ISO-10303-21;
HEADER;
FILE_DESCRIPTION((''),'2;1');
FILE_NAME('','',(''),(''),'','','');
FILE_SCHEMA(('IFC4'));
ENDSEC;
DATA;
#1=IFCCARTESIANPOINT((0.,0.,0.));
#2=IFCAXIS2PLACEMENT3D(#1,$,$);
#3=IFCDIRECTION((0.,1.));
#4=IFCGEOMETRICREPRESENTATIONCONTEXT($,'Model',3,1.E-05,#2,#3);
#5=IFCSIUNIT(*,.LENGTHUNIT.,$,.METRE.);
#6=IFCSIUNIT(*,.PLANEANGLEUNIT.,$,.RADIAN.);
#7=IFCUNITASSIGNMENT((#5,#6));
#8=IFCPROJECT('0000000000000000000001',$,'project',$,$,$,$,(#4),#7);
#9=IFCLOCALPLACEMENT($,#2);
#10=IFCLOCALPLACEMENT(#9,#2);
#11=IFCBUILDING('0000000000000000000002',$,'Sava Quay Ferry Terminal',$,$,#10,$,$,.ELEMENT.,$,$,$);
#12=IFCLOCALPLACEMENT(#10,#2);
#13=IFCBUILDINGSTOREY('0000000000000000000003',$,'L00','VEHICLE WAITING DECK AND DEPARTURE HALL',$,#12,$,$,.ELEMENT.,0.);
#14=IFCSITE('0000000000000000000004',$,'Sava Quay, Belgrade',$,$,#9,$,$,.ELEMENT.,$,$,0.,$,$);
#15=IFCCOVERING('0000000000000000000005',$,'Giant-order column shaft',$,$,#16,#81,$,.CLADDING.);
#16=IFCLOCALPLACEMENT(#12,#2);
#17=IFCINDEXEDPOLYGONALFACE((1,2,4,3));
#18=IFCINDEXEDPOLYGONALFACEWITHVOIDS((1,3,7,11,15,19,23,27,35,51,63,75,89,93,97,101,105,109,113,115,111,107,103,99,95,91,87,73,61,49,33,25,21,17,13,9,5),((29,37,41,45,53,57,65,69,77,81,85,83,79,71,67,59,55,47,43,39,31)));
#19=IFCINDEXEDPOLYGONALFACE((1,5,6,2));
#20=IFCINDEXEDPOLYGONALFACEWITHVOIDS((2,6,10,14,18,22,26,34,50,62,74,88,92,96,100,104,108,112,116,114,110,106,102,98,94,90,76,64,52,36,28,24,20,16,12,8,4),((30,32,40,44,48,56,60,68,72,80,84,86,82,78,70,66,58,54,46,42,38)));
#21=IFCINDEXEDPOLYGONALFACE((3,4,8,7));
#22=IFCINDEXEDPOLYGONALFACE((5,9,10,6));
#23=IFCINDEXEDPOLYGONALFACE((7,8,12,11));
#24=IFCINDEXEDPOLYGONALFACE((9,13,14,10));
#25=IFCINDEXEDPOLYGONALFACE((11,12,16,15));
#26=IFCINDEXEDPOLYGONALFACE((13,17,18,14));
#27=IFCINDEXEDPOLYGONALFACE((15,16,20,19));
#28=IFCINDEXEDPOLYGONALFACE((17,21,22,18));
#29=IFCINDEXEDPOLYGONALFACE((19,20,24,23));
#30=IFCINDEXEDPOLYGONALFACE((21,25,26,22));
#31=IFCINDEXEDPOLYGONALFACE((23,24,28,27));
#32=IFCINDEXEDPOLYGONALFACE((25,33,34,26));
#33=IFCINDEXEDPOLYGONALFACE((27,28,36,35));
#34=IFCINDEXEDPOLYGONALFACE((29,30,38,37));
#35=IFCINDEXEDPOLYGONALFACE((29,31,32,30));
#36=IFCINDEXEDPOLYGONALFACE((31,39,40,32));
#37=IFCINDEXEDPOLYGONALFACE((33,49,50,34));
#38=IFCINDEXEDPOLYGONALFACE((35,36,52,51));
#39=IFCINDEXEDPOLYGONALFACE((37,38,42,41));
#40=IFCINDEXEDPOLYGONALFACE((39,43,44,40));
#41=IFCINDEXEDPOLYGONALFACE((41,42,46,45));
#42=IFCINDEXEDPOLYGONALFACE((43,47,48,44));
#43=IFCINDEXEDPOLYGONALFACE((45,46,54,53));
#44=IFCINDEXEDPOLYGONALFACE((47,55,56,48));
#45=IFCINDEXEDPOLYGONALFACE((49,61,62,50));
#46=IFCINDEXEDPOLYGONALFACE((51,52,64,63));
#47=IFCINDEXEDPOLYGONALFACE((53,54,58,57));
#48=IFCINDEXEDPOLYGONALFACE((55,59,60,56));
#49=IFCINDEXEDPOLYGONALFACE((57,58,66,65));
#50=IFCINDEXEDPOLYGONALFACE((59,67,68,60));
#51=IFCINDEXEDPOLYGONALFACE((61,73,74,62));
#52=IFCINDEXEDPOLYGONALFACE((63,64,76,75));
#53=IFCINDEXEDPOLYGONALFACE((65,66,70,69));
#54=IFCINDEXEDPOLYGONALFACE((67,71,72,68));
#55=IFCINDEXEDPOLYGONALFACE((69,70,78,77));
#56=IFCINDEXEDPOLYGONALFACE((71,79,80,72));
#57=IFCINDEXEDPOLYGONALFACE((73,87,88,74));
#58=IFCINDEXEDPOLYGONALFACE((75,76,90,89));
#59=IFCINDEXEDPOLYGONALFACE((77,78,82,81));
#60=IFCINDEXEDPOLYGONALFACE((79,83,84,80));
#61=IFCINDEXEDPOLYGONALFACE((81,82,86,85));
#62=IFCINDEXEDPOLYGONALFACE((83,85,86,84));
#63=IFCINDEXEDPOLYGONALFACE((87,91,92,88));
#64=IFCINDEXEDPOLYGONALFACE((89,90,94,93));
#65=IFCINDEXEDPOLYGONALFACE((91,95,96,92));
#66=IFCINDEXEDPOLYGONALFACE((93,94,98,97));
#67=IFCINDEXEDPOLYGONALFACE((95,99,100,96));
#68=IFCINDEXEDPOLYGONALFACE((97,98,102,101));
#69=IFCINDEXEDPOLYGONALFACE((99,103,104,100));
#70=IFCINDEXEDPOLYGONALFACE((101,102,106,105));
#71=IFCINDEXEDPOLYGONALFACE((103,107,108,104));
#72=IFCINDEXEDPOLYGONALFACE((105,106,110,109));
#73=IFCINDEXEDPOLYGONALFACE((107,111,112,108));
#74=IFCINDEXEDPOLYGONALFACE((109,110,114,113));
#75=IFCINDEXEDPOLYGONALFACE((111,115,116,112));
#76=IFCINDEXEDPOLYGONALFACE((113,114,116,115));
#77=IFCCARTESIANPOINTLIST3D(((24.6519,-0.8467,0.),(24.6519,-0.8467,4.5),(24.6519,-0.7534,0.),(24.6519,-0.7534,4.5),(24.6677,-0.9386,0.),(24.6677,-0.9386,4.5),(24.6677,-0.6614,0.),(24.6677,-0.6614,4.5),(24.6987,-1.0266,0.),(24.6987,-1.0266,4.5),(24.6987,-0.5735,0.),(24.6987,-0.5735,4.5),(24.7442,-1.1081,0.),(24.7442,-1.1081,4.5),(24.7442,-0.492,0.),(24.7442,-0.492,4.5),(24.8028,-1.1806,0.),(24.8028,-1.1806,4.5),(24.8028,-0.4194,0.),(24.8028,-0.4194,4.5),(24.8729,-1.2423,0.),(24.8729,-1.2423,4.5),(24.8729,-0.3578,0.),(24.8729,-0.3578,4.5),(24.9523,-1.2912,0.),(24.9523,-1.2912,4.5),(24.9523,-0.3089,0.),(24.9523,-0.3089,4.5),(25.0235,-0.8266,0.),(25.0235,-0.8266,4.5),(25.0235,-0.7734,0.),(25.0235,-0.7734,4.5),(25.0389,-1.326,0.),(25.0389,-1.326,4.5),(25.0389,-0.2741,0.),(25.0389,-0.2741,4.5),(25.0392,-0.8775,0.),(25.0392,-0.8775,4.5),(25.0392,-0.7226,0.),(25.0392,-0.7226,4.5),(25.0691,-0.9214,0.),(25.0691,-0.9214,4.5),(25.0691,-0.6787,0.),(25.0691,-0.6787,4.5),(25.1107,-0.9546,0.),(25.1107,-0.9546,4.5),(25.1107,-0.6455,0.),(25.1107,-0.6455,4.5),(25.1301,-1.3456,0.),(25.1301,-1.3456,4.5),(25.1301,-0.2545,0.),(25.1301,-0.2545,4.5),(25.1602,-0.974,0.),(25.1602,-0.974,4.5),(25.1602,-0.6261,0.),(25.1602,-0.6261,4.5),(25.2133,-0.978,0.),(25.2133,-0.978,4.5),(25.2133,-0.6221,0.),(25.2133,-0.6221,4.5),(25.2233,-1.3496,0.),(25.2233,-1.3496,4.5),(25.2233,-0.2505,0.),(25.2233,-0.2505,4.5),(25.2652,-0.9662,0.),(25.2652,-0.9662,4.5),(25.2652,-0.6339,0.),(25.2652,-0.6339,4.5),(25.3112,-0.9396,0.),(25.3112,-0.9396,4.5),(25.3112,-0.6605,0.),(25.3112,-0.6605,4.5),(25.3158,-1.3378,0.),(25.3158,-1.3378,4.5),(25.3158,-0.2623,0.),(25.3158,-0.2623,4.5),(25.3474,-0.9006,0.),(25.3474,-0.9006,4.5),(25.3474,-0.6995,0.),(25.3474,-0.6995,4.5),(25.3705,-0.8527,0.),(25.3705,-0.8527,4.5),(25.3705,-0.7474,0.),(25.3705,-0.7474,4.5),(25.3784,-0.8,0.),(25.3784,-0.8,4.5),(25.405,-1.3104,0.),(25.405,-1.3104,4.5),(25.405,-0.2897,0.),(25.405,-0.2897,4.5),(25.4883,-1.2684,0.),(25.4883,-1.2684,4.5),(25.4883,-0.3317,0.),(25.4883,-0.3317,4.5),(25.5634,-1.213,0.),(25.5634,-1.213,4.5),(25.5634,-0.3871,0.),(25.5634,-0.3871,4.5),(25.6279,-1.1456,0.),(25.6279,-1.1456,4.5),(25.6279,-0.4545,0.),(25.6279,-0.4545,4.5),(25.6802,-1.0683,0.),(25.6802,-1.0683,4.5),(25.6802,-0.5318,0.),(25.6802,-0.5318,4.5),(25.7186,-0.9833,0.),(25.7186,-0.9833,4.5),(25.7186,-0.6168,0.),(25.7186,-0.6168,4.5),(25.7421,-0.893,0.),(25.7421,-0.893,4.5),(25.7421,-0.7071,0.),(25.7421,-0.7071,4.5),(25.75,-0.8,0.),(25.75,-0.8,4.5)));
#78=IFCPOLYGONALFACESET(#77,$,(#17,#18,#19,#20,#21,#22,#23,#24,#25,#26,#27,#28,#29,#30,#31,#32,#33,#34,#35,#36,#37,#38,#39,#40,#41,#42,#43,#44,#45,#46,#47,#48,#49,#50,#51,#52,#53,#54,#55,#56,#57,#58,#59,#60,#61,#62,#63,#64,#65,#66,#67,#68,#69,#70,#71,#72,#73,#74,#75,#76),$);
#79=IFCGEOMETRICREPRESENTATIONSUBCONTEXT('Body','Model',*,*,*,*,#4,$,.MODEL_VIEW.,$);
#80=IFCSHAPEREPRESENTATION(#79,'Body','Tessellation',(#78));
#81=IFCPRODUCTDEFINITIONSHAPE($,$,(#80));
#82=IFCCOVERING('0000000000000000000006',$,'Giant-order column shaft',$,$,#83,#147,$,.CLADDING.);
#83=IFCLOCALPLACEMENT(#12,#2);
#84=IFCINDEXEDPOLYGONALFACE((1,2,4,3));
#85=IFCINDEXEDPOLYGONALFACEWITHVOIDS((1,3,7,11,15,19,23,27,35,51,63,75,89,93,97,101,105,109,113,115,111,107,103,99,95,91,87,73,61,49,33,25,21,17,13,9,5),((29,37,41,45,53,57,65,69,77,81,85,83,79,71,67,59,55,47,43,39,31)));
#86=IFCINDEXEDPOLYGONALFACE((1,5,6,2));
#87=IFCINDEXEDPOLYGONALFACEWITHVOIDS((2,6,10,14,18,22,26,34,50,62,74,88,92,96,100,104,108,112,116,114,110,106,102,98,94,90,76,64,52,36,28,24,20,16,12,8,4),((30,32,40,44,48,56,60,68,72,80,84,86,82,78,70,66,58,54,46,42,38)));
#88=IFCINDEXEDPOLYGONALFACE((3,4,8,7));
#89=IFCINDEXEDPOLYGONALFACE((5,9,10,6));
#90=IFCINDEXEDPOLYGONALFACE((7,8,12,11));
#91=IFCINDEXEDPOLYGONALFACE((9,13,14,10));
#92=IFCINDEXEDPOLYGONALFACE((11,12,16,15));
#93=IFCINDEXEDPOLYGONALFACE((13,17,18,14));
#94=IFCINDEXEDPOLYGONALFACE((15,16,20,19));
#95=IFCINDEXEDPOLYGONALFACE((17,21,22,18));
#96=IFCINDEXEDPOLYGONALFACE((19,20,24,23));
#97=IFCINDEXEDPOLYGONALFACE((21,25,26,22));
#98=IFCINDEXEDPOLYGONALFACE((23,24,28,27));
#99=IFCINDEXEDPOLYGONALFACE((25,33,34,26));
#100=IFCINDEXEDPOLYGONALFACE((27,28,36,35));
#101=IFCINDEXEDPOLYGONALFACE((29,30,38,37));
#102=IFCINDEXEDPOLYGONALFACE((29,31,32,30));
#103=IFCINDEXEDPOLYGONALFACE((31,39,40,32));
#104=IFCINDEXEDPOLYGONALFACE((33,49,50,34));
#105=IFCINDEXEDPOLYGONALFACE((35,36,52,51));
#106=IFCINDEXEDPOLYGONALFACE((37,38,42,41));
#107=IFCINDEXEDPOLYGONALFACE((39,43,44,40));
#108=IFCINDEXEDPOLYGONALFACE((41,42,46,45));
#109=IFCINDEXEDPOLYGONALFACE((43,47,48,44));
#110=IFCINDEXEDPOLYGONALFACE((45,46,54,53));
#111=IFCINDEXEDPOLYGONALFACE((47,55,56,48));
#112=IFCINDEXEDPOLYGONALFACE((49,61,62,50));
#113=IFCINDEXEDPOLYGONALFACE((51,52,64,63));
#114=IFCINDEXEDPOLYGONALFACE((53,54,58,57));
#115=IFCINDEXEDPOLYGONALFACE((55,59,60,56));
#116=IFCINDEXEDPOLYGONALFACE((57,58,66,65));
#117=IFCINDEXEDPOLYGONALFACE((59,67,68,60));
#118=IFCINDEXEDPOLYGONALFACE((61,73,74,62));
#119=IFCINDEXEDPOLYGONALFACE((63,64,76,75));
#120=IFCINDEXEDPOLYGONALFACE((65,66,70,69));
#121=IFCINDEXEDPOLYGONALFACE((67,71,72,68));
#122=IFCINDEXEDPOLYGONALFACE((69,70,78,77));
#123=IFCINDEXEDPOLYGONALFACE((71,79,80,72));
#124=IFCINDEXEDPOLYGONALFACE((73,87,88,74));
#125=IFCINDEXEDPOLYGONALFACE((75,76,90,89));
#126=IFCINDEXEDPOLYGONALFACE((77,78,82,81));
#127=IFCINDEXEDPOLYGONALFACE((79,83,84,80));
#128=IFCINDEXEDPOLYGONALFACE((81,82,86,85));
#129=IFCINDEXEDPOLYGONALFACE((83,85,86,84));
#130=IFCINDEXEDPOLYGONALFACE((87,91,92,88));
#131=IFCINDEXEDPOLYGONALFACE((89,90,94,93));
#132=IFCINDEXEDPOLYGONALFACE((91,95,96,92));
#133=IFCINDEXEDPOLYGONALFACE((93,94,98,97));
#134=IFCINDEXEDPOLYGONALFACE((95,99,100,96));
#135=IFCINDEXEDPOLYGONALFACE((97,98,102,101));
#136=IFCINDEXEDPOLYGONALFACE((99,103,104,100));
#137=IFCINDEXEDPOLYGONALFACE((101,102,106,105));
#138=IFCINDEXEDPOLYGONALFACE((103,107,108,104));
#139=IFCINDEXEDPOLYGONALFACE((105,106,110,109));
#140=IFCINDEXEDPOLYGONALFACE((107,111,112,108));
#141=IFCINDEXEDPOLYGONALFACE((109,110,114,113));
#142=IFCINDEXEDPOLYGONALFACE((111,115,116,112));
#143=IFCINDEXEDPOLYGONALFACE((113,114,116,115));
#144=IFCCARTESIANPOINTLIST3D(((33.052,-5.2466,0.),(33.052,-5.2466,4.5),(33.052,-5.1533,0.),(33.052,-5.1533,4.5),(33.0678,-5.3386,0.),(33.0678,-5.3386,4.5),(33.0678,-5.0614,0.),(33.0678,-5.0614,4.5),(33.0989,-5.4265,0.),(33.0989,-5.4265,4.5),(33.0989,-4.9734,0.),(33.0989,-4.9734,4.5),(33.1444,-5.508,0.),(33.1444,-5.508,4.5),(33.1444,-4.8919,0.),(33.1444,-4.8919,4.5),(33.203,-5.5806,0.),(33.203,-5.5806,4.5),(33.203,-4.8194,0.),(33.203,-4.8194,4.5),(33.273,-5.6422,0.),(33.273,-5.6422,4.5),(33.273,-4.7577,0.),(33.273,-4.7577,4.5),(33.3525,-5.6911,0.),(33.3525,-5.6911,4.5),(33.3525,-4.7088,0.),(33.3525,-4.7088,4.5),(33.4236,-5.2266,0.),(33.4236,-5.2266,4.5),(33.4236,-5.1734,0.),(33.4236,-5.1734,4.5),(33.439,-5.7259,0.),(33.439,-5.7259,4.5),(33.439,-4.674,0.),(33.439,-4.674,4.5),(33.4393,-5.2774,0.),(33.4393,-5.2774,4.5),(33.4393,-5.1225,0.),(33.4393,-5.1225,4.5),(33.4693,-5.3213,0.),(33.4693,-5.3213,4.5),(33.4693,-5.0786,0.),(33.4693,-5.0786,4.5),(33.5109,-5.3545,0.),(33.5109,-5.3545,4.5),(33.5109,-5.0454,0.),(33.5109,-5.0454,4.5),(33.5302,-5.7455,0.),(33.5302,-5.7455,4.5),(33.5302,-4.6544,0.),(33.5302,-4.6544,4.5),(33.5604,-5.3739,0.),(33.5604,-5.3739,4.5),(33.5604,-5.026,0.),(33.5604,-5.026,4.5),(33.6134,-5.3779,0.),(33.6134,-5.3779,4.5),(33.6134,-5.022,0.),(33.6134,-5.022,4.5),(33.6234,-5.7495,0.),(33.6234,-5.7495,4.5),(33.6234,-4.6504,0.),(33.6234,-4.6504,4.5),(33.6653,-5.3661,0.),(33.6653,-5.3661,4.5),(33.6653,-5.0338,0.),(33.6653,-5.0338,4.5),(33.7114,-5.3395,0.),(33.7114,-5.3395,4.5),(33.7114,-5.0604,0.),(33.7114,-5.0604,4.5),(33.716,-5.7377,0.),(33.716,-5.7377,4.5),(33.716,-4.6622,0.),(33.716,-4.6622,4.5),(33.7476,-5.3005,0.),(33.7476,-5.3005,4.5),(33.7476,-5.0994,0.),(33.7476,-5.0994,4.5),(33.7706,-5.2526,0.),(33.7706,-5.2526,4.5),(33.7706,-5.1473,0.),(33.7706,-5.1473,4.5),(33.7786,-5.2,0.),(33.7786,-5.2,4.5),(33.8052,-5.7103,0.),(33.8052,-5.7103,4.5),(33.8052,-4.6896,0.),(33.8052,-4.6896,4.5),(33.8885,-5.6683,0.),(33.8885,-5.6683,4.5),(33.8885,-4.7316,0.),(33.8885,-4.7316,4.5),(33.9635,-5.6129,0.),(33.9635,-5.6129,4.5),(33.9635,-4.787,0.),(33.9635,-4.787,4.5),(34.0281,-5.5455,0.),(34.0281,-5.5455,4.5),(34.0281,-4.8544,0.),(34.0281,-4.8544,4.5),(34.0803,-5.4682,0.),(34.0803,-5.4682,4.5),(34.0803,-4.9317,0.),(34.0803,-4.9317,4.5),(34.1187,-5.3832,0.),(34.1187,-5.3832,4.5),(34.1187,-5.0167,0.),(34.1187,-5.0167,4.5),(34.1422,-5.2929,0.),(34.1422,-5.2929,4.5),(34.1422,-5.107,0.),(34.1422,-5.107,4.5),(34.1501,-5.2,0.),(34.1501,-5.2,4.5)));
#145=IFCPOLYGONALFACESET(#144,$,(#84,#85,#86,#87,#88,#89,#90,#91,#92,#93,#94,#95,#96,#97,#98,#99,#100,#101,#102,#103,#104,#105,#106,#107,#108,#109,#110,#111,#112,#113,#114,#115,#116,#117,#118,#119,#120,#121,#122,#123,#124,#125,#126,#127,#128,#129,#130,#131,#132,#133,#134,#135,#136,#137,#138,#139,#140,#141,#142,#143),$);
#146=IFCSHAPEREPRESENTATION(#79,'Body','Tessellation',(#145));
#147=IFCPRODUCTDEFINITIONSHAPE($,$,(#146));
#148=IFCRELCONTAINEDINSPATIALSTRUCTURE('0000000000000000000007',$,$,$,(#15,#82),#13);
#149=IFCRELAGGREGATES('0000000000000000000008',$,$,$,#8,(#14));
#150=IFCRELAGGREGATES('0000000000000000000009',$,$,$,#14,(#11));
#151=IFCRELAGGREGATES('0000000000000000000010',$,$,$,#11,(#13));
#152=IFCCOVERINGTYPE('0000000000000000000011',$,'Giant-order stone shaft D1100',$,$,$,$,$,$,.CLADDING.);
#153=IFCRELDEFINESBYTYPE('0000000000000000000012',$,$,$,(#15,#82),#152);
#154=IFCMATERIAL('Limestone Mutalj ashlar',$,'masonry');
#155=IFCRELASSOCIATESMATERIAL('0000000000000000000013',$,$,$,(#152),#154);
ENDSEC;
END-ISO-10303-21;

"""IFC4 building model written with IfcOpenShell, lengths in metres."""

from ifc_helpers import new_model, si_unit, direction, frame, origin, origin_2d, place, context, subcontext, project, spatial, hollow_circle, extrude, material, material_profile, profile_set, type_object, element, save


model = new_model("IFC4")

# Units and contexts
model_context = context("Model", 3, precision=1e-05, world=origin(), true_north=direction((0.0, 1.0)))
body_context = subcontext(model_context, "Body", "Model", "MODEL_VIEW")
ifc_project = project(units=[si_unit("LENGTHUNIT", "METRE"), si_unit("PLANEANGLEUNIT", "RADIAN")], contexts=[model_context])

# Site, building, storey
site_placement = place(None, origin())
site = spatial("IfcSite", under=ifc_project, at=site_placement, Name="Sava Quay, Belgrade", CompositionType="ELEMENT", RefElevation=0.0)
building_placement = place(site_placement, origin())
building = spatial("IfcBuilding", under=site, at=building_placement, Name="Sava Quay Ferry Terminal", CompositionType="ELEMENT")
storey_placement = place(building_placement, origin())
storey = spatial("IfcBuildingStorey", under=building, at=storey_placement, Name="L00", Description="VEHICLE WAITING DECK AND DEPARTURE HALL", CompositionType="ELEMENT", Elevation=0.0)

# Coverings
ifc_material_1 = material(Name="Limestone Mutalj ashlar", Category="masonry")
ifc_material_profile_1 = material_profile(ifc_material_1, hollow_circle(Radius=0.55, WallThickness=0.3716, at=origin_2d()), Name="Stone shaft D1100")
ifc_profile_set_1 = profile_set([ifc_material_profile_1], Name="Limestone Mutalj ashlar")
covering_type_1 = type_object("IfcCoveringType", Name="Giant-order stone shaft D1100", PredefinedType="CLADDING", material=ifc_profile_set_1)
for number, where, z_axis, x_axis, name in (
    (1, (25.2, -0.8, 0.0), (0.0, 0.0, 1.0), (1.0, 0.0, 0.0), "Giant-order column shaft"),
    (2, (33.6001, -5.2, 0.0), (0.0, 0.0, 1.0), (1.0, 0.0, 0.0), "Giant-order column shaft"),
):
    element("IfcCovering", number, at=place(storey_placement, frame(where, z_axis=z_axis, x_axis=x_axis)), inside=storey, type_object=covering_type_1, Name=name, PredefinedType="CLADDING", context=body_context, shape_type="SweptSolid", body=[
        extrude(hollow_circle(Radius=0.55, WallThickness=0.3716, at=origin_2d()), origin(), (0.0, 0.0, 1.0), 4.5),
    ])

save(model, "model.ifc")
